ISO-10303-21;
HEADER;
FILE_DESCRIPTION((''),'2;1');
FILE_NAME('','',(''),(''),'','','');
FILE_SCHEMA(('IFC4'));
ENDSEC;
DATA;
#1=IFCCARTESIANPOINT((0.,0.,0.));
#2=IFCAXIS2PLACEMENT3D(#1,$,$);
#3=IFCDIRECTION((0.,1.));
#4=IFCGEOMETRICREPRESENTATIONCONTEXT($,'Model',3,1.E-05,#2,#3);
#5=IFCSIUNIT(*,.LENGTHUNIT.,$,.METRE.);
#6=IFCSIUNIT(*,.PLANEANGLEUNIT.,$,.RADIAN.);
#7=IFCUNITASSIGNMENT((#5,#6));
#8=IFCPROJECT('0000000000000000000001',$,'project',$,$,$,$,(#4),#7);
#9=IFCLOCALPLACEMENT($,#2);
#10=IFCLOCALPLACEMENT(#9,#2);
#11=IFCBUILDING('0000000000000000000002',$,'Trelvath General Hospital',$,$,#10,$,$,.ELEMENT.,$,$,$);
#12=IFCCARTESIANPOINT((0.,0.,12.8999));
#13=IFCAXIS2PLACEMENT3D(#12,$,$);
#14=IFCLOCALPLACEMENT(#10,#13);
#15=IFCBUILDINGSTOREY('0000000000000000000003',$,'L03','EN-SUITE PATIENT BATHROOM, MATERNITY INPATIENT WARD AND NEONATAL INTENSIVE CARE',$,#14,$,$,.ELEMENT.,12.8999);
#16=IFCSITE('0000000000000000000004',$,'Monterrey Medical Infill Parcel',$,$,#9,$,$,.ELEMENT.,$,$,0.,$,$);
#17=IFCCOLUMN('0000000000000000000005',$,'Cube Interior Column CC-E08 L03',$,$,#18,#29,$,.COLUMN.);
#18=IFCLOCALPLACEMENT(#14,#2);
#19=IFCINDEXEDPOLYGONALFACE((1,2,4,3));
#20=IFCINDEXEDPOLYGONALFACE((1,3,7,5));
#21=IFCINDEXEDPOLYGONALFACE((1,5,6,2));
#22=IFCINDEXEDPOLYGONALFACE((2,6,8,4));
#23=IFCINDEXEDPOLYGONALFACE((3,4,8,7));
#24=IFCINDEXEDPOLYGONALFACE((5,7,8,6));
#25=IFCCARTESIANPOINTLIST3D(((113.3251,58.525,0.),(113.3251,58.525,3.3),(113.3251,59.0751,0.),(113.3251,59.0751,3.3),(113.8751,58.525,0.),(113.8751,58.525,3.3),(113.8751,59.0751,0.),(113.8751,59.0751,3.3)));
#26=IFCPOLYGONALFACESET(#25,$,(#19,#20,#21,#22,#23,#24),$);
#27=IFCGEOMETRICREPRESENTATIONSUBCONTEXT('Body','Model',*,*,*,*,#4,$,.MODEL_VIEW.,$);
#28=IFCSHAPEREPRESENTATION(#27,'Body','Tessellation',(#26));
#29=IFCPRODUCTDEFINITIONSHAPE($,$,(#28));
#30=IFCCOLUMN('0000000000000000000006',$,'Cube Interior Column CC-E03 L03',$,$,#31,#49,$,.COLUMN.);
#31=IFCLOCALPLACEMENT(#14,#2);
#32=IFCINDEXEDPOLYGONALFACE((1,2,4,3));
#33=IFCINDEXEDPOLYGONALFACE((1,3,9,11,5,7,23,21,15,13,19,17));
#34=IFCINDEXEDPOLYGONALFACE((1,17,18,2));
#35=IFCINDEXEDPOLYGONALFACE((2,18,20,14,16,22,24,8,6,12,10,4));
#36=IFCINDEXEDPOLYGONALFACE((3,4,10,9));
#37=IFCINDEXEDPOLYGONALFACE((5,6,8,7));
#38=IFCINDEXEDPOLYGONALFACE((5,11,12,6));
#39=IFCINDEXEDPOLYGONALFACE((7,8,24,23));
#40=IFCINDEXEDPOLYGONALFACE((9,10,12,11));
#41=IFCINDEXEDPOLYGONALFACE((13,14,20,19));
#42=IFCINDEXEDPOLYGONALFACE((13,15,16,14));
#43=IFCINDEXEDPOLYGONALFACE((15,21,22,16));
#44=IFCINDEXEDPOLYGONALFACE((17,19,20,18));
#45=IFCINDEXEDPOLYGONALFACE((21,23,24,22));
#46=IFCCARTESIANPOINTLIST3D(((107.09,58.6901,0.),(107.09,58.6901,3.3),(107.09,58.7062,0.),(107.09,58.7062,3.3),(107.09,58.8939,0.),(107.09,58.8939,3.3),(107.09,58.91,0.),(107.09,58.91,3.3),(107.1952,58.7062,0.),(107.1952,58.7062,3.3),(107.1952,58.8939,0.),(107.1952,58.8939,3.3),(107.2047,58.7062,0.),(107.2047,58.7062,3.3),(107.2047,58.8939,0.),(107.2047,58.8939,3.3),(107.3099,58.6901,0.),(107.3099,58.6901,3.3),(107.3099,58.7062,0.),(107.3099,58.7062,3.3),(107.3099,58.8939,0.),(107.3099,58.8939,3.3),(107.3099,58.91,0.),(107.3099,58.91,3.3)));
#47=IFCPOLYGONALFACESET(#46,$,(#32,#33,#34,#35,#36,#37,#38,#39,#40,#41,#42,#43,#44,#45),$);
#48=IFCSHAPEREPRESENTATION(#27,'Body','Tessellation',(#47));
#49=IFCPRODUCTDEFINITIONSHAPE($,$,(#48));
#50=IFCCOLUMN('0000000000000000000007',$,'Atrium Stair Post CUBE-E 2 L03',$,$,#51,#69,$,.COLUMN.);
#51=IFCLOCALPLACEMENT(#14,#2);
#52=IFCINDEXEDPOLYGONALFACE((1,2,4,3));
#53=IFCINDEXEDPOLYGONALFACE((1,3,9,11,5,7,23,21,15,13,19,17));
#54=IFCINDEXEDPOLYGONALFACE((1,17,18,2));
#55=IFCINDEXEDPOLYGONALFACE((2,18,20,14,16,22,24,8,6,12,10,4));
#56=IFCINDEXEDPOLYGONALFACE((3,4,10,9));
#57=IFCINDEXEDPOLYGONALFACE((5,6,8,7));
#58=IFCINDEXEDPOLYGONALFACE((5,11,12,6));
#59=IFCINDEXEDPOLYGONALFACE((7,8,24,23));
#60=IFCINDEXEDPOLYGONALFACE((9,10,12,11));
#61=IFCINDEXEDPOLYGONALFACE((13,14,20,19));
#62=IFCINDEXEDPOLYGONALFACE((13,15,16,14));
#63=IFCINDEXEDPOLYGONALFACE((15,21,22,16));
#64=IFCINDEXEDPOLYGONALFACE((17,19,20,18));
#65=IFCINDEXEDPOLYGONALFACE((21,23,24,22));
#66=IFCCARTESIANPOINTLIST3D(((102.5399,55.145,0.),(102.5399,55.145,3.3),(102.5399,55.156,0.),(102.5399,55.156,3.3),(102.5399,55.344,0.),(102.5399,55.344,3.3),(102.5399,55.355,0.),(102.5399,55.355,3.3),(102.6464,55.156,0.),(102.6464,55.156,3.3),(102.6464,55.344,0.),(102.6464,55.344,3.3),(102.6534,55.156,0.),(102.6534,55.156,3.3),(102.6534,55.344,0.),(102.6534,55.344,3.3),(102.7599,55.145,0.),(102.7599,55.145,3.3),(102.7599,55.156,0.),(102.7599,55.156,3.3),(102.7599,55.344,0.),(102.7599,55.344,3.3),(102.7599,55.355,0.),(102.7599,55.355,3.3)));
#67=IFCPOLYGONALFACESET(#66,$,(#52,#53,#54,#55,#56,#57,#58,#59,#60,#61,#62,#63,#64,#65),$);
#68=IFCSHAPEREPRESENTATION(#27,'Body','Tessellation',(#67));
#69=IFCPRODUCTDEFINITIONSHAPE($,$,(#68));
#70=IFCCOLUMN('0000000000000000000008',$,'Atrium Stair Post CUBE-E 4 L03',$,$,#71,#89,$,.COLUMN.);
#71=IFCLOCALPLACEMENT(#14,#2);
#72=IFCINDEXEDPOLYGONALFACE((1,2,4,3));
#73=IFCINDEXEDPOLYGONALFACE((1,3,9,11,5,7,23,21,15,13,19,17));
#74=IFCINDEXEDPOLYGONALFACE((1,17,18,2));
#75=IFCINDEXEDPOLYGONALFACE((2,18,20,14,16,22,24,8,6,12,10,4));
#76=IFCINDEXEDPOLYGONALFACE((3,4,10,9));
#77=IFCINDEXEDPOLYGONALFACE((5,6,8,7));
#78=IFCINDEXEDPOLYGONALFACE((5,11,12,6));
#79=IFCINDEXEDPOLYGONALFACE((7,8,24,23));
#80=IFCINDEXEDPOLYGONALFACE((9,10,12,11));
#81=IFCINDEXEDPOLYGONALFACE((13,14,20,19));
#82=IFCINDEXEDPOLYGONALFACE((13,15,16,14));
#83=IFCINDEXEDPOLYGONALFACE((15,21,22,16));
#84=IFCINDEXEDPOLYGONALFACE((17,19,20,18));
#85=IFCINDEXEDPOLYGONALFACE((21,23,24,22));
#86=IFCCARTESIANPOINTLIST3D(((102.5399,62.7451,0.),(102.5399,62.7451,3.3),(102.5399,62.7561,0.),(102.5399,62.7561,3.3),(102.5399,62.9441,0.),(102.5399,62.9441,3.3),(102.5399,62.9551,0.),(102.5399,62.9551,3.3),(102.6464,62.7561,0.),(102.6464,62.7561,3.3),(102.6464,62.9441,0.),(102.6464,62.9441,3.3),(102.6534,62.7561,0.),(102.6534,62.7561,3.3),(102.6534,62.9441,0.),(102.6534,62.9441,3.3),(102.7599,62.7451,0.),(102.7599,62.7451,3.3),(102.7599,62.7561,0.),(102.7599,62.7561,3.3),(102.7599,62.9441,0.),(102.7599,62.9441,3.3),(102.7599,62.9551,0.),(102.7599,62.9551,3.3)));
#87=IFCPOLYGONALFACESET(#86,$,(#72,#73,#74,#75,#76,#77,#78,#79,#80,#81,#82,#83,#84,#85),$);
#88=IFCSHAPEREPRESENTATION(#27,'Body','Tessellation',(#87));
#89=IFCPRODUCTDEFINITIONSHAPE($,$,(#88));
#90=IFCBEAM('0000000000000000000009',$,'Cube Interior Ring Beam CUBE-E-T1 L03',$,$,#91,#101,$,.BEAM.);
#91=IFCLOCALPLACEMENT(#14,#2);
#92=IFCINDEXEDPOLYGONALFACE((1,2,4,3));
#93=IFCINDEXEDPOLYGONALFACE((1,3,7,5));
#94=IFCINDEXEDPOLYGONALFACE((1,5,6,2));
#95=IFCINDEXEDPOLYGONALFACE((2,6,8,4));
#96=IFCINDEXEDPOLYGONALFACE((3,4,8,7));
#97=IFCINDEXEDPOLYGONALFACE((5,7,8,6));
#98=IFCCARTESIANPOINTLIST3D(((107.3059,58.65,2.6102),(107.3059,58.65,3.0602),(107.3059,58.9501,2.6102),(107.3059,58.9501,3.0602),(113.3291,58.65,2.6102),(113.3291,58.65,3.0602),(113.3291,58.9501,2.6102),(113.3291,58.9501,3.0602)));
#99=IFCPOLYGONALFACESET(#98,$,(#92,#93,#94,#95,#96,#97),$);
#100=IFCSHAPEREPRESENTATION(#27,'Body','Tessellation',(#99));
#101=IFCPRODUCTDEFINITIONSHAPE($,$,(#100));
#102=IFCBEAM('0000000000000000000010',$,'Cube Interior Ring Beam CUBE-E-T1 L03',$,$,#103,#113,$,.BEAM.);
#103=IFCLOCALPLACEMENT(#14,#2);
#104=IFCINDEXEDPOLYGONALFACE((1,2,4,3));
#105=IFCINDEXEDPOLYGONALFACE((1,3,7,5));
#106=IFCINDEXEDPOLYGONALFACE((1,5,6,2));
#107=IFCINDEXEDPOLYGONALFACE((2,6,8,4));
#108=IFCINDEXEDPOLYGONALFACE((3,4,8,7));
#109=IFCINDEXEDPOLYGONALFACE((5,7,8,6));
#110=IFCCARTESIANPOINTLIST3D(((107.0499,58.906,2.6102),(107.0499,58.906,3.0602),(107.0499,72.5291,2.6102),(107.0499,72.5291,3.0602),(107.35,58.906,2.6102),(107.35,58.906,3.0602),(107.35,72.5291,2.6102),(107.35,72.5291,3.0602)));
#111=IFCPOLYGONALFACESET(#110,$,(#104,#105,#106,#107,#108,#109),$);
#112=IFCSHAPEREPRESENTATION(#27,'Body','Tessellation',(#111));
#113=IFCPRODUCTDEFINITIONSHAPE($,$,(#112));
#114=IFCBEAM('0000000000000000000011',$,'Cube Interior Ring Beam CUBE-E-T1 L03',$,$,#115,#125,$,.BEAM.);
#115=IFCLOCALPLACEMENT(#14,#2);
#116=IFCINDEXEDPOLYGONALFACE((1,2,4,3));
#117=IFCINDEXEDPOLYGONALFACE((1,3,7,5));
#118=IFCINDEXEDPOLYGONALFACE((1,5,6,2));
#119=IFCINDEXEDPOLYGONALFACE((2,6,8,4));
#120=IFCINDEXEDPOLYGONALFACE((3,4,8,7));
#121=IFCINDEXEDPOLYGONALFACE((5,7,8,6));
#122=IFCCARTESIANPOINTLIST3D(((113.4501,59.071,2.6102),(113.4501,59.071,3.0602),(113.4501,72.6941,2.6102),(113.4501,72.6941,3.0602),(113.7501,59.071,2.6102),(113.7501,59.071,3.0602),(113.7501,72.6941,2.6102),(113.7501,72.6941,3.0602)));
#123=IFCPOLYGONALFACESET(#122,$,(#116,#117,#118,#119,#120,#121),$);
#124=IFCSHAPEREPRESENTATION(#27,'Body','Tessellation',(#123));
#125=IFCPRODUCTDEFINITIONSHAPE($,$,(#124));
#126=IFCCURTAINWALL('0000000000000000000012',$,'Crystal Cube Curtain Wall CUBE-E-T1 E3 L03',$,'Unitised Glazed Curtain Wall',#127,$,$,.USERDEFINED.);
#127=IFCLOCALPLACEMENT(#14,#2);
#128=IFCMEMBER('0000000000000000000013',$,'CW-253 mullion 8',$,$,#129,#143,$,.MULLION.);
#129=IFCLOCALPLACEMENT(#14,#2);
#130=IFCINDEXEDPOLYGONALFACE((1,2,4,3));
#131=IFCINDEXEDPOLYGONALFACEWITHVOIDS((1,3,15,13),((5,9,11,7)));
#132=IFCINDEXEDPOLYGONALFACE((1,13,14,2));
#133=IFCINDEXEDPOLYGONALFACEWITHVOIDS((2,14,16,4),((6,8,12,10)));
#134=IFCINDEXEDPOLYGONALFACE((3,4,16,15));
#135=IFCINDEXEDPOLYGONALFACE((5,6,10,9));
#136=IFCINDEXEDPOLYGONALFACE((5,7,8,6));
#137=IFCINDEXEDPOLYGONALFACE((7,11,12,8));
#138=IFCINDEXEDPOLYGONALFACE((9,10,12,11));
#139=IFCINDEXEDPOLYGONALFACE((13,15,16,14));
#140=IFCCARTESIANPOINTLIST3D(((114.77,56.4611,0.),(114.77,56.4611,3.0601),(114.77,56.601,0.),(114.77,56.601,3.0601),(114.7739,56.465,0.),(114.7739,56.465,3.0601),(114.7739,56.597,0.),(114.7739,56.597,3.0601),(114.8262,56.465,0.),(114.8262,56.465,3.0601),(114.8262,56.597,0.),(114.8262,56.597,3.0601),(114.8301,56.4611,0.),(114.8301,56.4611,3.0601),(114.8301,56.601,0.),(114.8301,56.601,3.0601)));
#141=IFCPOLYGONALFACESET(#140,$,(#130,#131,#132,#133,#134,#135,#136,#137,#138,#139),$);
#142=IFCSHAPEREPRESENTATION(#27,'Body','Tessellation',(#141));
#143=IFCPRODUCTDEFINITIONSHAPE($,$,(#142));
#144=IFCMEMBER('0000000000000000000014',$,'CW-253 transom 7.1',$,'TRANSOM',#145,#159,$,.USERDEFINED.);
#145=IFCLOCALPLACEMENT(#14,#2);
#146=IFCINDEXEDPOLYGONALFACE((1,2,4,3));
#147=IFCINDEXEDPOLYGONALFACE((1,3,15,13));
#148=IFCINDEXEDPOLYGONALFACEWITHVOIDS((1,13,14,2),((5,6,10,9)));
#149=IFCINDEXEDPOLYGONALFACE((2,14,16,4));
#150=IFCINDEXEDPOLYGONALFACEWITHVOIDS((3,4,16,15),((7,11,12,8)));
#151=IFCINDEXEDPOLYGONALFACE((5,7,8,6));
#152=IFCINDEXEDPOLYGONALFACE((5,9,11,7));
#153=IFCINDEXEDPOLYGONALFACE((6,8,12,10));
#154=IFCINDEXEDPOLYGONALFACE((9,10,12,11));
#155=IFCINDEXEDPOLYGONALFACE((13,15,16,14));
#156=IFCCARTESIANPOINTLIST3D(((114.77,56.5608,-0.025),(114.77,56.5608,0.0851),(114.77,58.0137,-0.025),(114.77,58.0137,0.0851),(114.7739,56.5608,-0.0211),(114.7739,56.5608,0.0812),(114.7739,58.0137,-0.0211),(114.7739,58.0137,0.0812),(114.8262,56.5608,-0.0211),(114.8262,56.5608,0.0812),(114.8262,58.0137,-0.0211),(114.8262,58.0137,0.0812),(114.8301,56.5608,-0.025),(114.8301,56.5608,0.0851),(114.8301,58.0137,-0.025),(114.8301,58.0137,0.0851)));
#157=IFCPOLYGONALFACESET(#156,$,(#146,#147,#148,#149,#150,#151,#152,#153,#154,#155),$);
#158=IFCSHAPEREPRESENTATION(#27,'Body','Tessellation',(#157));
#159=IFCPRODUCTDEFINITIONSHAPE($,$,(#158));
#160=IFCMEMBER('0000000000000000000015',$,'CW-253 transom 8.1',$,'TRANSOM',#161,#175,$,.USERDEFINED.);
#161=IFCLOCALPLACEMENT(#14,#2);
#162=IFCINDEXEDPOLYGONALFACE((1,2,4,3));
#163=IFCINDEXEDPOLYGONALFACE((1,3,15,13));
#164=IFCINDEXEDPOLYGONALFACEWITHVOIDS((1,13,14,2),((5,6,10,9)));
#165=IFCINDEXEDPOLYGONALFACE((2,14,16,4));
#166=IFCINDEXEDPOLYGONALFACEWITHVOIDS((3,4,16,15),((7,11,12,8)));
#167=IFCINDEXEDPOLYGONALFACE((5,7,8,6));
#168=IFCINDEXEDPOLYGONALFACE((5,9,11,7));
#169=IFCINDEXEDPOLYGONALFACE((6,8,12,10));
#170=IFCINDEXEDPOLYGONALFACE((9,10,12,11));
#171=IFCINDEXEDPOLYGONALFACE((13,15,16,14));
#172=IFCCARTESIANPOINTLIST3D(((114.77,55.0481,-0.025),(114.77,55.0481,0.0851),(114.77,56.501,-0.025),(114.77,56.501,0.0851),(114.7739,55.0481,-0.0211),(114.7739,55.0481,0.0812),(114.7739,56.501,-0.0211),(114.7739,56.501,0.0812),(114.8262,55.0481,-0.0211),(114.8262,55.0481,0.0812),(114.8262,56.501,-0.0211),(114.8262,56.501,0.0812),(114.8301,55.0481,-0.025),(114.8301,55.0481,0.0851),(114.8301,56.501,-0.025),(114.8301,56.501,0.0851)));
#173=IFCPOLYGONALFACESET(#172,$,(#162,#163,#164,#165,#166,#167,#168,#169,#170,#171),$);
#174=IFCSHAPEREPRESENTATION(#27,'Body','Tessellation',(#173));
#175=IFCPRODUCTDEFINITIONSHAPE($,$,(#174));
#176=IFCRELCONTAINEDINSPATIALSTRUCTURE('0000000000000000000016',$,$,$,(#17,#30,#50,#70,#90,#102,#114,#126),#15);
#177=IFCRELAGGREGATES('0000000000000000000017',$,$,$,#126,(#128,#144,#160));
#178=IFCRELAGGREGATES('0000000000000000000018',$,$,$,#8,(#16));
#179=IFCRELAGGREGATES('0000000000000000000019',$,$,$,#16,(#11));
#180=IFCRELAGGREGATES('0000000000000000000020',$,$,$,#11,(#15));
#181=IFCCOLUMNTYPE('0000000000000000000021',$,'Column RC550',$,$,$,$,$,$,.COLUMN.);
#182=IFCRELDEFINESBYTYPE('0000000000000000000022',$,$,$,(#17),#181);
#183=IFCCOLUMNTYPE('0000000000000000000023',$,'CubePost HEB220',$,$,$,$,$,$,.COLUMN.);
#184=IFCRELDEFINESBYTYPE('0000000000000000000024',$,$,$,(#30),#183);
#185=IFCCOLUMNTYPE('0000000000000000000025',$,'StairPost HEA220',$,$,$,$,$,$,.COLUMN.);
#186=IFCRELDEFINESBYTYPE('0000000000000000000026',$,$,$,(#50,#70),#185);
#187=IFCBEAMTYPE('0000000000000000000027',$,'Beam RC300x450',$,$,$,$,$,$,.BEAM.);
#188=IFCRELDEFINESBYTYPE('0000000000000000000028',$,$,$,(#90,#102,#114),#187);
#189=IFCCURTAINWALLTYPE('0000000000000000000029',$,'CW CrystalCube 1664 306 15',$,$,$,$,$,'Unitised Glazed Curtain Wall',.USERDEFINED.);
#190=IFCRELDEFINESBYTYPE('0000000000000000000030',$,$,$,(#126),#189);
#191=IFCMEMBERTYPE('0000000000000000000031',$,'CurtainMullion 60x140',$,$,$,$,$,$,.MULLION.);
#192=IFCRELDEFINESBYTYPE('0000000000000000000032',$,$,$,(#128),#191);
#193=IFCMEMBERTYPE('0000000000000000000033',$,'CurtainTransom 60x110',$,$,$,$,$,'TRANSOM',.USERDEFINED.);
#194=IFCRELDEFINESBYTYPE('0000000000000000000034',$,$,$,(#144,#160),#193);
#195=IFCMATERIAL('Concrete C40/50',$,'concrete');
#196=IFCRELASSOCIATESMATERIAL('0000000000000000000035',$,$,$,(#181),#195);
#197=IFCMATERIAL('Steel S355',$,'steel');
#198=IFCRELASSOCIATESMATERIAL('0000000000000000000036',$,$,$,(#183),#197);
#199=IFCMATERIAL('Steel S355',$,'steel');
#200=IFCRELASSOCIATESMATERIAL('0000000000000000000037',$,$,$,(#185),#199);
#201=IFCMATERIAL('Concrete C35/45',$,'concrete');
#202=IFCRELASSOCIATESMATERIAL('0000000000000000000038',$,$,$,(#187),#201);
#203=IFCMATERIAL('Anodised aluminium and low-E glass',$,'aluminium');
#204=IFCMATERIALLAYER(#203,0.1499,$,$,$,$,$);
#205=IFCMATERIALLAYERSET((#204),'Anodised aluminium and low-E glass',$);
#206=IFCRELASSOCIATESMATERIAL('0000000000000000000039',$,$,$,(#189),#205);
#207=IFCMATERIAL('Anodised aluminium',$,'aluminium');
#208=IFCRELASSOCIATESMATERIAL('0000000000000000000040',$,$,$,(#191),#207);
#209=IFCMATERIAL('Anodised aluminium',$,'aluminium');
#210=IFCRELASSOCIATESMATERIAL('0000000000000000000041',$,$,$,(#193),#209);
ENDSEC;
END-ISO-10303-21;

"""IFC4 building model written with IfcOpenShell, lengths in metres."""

from ifc_helpers import new_model, si_unit, direction, frame, origin, origin_2d, place, context, subcontext, project, spatial, rectangle, hollow_rectangle, i_section, extrude, material, layer, layer_set, material_profile, profile_set, type_object, element, aggregate, save


model = new_model("IFC4")

# Units and contexts
model_context = context("Model", 3, precision=1e-05, world=origin(), true_north=direction((0.0, 1.0)))
body_context = subcontext(model_context, "Body", "Model", "MODEL_VIEW")
ifc_project = project(units=[si_unit("LENGTHUNIT", "METRE"), si_unit("PLANEANGLEUNIT", "RADIAN")], contexts=[model_context])

# Site, building, storey
site_placement = place(None, origin())
site = spatial("IfcSite", under=ifc_project, at=site_placement, Name="Monterrey Medical Infill Parcel", CompositionType="ELEMENT", RefElevation=0.0)
building_placement = place(site_placement, origin())
building = spatial("IfcBuilding", under=site, at=building_placement, Name="Trelvath General Hospital", CompositionType="ELEMENT")
storey_placement = place(building_placement, frame((0.0, 0.0, 12.8999)))
storey = spatial("IfcBuildingStorey", under=building, at=storey_placement, Name="L03", Description="EN-SUITE PATIENT BATHROOM, MATERNITY INPATIENT WARD AND NEONATAL INTENSIVE CARE", CompositionType="ELEMENT", Elevation=12.8999)

# Columns
ifc_material_1 = material(Name="Concrete C40/50", Category="concrete")
ifc_material_profile_1 = material_profile(ifc_material_1, rectangle(XDim=0.55, YDim=0.55, at=origin_2d()), Name="RC550x550")
ifc_profile_set_1 = profile_set([ifc_material_profile_1], Name="Concrete C40/50")
column_type_1 = type_object("IfcColumnType", Name="Column RC550", PredefinedType="COLUMN", material=ifc_profile_set_1)
column_1_placement = place(storey_placement, frame((113.6001, 58.8, 0.0), z_axis=(0.0, 0.0, 1.0), x_axis=(1.0, 0.0, 0.0)))
element("IfcColumn", 1, at=column_1_placement, inside=storey, type_object=column_type_1, Name="Cube Interior Column CC-E08 L03", PredefinedType="COLUMN", context=body_context, shape_type="SweptSolid", body=[
    extrude(rectangle(XDim=0.55, YDim=0.55, at=origin_2d()), origin(), (0.0, 0.0, 1.0), 3.3),
])
ifc_material_2 = material(Name="Steel S355", Category="steel")
ifc_material_profile_2 = material_profile(ifc_material_2, i_section(OverallWidth=0.22, OverallDepth=0.22, WebThickness=0.0095, FlangeThickness=0.0161, at=origin_2d()), Name="HEB220")
ifc_profile_set_2 = profile_set([ifc_material_profile_2], Name="Steel S355")
column_type_2 = type_object("IfcColumnType", Name="CubePost HEB220", PredefinedType="COLUMN", material=ifc_profile_set_2)
column_2_placement = place(storey_placement, frame((107.2, 58.8, 0.0), z_axis=(0.0, 0.0, 1.0), x_axis=(1.0, 0.0, 0.0)))
element("IfcColumn", 2, at=column_2_placement, inside=storey, type_object=column_type_2, Name="Cube Interior Column CC-E03 L03", PredefinedType="COLUMN", context=body_context, shape_type="SweptSolid", body=[
    extrude(i_section(OverallWidth=0.22, OverallDepth=0.22, WebThickness=0.0095, FlangeThickness=0.0161, at=origin_2d()), origin(), (0.0, 0.0, 1.0), 3.3),
])
ifc_material_3 = material(Name="Steel S355", Category="steel")
ifc_material_profile_3 = material_profile(ifc_material_3, i_section(OverallWidth=0.22, OverallDepth=0.21, WebThickness=0.0071, FlangeThickness=0.011, at=origin_2d()), Name="HEA220")
ifc_profile_set_3 = profile_set([ifc_material_profile_3], Name="Steel S355")
column_type_3 = type_object("IfcColumnType", Name="StairPost HEA220", PredefinedType="COLUMN", material=ifc_profile_set_3)
for number, where, z_axis, x_axis, name in (
    (3, (102.6499, 55.25, 0.0), (0.0, 0.0, 1.0), (1.0, 0.0, 0.0), "Atrium Stair Post CUBE-E 2 L03"),
    (4, (102.6499, 62.8501, 0.0), (0.0, 0.0, 1.0), (1.0, 0.0, 0.0), "Atrium Stair Post CUBE-E 4 L03"),
):
    element("IfcColumn", number, at=place(storey_placement, frame(where, z_axis=z_axis, x_axis=x_axis)), inside=storey, type_object=column_type_3, Name=name, PredefinedType="COLUMN", context=body_context, shape_type="SweptSolid", body=[
        extrude(i_section(OverallWidth=0.22, OverallDepth=0.21, WebThickness=0.0071, FlangeThickness=0.011, at=origin_2d()), origin(), (0.0, 0.0, 1.0), 3.3),
    ])

# Beams
ifc_material_4 = material(Name="Concrete C35/45", Category="concrete")
ifc_material_profile_4 = material_profile(ifc_material_4, rectangle(XDim=0.3, YDim=0.45, at=origin_2d()), Name="RCB300x450")
ifc_profile_set_4 = profile_set([ifc_material_profile_4], Name="Concrete C35/45")
beam_type_1 = type_object("IfcBeamType", Name="Beam RC300x450", PredefinedType="BEAM", material=ifc_profile_set_4)
beam_1_placement = place(storey_placement, frame((107.3059, 58.8, 2.8352), z_axis=(1.0, 0.0, 0.0), x_axis=(0.0, 1.0, 0.0)))
element("IfcBeam", 5, at=beam_1_placement, inside=storey, type_object=beam_type_1, Name="Cube Interior Ring Beam CUBE-E-T1 L03", PredefinedType="BEAM", context=body_context, shape_type="SweptSolid", body=[
    extrude(rectangle(XDim=0.3, YDim=0.45, at=origin_2d()), origin(), (0.0, 0.0, 1.0), 6.0232),
])
for number, where, z_axis, x_axis, name in (
    (6, (107.2, 58.906, 2.8352), (0.0, 1.0, 0.0), (-1.0, 0.0, 0.0), "Cube Interior Ring Beam CUBE-E-T1 L03"),
    (7, (113.6001, 59.071, 2.8352), (0.0, 1.0, 0.0), (-1.0, 0.0, 0.0), "Cube Interior Ring Beam CUBE-E-T1 L03"),
):
    element("IfcBeam", number, at=place(storey_placement, frame(where, z_axis=z_axis, x_axis=x_axis)), inside=storey, type_object=beam_type_1, Name=name, PredefinedType="BEAM", context=body_context, shape_type="SweptSolid", body=[
        extrude(rectangle(XDim=0.3, YDim=0.45, at=origin_2d()), origin(), (0.0, 0.0, 1.0), 13.623),
    ])

# Curtain wall, members
ifc_material_5 = material(Name="Anodised aluminium and low-E glass", Category="aluminium")
ifc_layer_1 = layer(ifc_material_5, 0.1499)
ifc_layer_set_1 = layer_set([ifc_layer_1], Name="Anodised aluminium and low-E glass")
curtain_wall_type = type_object("IfcCurtainWallType", Name="CW CrystalCube 1664 306 15", ElementType="Unitised Glazed Curtain Wall", PredefinedType="USERDEFINED", material=ifc_layer_set_1)
curtain_wall_placement = place(storey_placement, origin())
curtain_wall = element("IfcCurtainWall", 8, at=curtain_wall_placement, inside=storey, type_object=curtain_wall_type, Name="Crystal Cube Curtain Wall CUBE-E-T1 E3 L03", ObjectType="Unitised Glazed Curtain Wall", PredefinedType="USERDEFINED")
ifc_material_6 = material(Name="Anodised aluminium", Category="aluminium")
ifc_material_profile_5 = material_profile(ifc_material_6, hollow_rectangle(XDim=0.0601, YDim=0.1399, WallThickness=0.0039, at=origin_2d()), Name="RHS60x140x4")
ifc_profile_set_5 = profile_set([ifc_material_profile_5], Name="Anodised aluminium")
member_type_1 = type_object("IfcMemberType", Name="CurtainMullion 60x140", PredefinedType="MULLION", material=ifc_profile_set_5)
member_1_placement = place(storey_placement, frame((114.8, 56.531, 0.0), z_axis=(0.0, 0.0, 1.0), x_axis=(1.0, 0.0, 0.0)))
member_1 = element("IfcMember", 9, at=member_1_placement, type_object=member_type_1, Name="CW-253 mullion 8", PredefinedType="MULLION", context=body_context, shape_type="SweptSolid", body=[
    extrude(hollow_rectangle(XDim=0.0601, YDim=0.1399, WallThickness=0.0039, at=origin_2d()), origin(), (0.0, 0.0, 1.0), 3.0601),
])
ifc_material_7 = material(Name="Anodised aluminium", Category="aluminium")
ifc_material_profile_6 = material_profile(ifc_material_7, hollow_rectangle(XDim=0.0601, YDim=0.1101, WallThickness=0.0039, at=origin_2d()), Name="RHS60x110x4")
ifc_profile_set_6 = profile_set([ifc_material_profile_6], Name="Anodised aluminium")
member_type_2 = type_object("IfcMemberType", Name="CurtainTransom 60x110", ElementType="TRANSOM", PredefinedType="USERDEFINED", material=ifc_profile_set_6)
member_2_placement = place(storey_placement, frame((114.8, 58.0137, 0.03), z_axis=(0.0, -1.0, 0.0), x_axis=(1.0, 0.0, 0.0)))
member_2 = element("IfcMember", 10, at=member_2_placement, type_object=member_type_2, Name="CW-253 transom 7.1", ObjectType="TRANSOM", PredefinedType="USERDEFINED", context=body_context, shape_type="SweptSolid", body=[
    extrude(hollow_rectangle(XDim=0.0601, YDim=0.1101, WallThickness=0.0039, at=origin_2d()), origin(), (0.0, 0.0, 1.0), 1.4529),
])
member_3_placement = place(storey_placement, frame((114.8, 56.501, 0.03), z_axis=(0.0, -1.0, 0.0), x_axis=(1.0, 0.0, 0.0)))
member_3 = element("IfcMember", 11, at=member_3_placement, type_object=member_type_2, Name="CW-253 transom 8.1", ObjectType="TRANSOM", PredefinedType="USERDEFINED", context=body_context, shape_type="SweptSolid", body=[
    extrude(hollow_rectangle(XDim=0.0601, YDim=0.1101, WallThickness=0.0039, at=origin_2d()), origin(), (0.0, 0.0, 1.0), 1.4529),
])

aggregate(curtain_wall, [member_1, member_2, member_3])

save(model, "model.ifc")
